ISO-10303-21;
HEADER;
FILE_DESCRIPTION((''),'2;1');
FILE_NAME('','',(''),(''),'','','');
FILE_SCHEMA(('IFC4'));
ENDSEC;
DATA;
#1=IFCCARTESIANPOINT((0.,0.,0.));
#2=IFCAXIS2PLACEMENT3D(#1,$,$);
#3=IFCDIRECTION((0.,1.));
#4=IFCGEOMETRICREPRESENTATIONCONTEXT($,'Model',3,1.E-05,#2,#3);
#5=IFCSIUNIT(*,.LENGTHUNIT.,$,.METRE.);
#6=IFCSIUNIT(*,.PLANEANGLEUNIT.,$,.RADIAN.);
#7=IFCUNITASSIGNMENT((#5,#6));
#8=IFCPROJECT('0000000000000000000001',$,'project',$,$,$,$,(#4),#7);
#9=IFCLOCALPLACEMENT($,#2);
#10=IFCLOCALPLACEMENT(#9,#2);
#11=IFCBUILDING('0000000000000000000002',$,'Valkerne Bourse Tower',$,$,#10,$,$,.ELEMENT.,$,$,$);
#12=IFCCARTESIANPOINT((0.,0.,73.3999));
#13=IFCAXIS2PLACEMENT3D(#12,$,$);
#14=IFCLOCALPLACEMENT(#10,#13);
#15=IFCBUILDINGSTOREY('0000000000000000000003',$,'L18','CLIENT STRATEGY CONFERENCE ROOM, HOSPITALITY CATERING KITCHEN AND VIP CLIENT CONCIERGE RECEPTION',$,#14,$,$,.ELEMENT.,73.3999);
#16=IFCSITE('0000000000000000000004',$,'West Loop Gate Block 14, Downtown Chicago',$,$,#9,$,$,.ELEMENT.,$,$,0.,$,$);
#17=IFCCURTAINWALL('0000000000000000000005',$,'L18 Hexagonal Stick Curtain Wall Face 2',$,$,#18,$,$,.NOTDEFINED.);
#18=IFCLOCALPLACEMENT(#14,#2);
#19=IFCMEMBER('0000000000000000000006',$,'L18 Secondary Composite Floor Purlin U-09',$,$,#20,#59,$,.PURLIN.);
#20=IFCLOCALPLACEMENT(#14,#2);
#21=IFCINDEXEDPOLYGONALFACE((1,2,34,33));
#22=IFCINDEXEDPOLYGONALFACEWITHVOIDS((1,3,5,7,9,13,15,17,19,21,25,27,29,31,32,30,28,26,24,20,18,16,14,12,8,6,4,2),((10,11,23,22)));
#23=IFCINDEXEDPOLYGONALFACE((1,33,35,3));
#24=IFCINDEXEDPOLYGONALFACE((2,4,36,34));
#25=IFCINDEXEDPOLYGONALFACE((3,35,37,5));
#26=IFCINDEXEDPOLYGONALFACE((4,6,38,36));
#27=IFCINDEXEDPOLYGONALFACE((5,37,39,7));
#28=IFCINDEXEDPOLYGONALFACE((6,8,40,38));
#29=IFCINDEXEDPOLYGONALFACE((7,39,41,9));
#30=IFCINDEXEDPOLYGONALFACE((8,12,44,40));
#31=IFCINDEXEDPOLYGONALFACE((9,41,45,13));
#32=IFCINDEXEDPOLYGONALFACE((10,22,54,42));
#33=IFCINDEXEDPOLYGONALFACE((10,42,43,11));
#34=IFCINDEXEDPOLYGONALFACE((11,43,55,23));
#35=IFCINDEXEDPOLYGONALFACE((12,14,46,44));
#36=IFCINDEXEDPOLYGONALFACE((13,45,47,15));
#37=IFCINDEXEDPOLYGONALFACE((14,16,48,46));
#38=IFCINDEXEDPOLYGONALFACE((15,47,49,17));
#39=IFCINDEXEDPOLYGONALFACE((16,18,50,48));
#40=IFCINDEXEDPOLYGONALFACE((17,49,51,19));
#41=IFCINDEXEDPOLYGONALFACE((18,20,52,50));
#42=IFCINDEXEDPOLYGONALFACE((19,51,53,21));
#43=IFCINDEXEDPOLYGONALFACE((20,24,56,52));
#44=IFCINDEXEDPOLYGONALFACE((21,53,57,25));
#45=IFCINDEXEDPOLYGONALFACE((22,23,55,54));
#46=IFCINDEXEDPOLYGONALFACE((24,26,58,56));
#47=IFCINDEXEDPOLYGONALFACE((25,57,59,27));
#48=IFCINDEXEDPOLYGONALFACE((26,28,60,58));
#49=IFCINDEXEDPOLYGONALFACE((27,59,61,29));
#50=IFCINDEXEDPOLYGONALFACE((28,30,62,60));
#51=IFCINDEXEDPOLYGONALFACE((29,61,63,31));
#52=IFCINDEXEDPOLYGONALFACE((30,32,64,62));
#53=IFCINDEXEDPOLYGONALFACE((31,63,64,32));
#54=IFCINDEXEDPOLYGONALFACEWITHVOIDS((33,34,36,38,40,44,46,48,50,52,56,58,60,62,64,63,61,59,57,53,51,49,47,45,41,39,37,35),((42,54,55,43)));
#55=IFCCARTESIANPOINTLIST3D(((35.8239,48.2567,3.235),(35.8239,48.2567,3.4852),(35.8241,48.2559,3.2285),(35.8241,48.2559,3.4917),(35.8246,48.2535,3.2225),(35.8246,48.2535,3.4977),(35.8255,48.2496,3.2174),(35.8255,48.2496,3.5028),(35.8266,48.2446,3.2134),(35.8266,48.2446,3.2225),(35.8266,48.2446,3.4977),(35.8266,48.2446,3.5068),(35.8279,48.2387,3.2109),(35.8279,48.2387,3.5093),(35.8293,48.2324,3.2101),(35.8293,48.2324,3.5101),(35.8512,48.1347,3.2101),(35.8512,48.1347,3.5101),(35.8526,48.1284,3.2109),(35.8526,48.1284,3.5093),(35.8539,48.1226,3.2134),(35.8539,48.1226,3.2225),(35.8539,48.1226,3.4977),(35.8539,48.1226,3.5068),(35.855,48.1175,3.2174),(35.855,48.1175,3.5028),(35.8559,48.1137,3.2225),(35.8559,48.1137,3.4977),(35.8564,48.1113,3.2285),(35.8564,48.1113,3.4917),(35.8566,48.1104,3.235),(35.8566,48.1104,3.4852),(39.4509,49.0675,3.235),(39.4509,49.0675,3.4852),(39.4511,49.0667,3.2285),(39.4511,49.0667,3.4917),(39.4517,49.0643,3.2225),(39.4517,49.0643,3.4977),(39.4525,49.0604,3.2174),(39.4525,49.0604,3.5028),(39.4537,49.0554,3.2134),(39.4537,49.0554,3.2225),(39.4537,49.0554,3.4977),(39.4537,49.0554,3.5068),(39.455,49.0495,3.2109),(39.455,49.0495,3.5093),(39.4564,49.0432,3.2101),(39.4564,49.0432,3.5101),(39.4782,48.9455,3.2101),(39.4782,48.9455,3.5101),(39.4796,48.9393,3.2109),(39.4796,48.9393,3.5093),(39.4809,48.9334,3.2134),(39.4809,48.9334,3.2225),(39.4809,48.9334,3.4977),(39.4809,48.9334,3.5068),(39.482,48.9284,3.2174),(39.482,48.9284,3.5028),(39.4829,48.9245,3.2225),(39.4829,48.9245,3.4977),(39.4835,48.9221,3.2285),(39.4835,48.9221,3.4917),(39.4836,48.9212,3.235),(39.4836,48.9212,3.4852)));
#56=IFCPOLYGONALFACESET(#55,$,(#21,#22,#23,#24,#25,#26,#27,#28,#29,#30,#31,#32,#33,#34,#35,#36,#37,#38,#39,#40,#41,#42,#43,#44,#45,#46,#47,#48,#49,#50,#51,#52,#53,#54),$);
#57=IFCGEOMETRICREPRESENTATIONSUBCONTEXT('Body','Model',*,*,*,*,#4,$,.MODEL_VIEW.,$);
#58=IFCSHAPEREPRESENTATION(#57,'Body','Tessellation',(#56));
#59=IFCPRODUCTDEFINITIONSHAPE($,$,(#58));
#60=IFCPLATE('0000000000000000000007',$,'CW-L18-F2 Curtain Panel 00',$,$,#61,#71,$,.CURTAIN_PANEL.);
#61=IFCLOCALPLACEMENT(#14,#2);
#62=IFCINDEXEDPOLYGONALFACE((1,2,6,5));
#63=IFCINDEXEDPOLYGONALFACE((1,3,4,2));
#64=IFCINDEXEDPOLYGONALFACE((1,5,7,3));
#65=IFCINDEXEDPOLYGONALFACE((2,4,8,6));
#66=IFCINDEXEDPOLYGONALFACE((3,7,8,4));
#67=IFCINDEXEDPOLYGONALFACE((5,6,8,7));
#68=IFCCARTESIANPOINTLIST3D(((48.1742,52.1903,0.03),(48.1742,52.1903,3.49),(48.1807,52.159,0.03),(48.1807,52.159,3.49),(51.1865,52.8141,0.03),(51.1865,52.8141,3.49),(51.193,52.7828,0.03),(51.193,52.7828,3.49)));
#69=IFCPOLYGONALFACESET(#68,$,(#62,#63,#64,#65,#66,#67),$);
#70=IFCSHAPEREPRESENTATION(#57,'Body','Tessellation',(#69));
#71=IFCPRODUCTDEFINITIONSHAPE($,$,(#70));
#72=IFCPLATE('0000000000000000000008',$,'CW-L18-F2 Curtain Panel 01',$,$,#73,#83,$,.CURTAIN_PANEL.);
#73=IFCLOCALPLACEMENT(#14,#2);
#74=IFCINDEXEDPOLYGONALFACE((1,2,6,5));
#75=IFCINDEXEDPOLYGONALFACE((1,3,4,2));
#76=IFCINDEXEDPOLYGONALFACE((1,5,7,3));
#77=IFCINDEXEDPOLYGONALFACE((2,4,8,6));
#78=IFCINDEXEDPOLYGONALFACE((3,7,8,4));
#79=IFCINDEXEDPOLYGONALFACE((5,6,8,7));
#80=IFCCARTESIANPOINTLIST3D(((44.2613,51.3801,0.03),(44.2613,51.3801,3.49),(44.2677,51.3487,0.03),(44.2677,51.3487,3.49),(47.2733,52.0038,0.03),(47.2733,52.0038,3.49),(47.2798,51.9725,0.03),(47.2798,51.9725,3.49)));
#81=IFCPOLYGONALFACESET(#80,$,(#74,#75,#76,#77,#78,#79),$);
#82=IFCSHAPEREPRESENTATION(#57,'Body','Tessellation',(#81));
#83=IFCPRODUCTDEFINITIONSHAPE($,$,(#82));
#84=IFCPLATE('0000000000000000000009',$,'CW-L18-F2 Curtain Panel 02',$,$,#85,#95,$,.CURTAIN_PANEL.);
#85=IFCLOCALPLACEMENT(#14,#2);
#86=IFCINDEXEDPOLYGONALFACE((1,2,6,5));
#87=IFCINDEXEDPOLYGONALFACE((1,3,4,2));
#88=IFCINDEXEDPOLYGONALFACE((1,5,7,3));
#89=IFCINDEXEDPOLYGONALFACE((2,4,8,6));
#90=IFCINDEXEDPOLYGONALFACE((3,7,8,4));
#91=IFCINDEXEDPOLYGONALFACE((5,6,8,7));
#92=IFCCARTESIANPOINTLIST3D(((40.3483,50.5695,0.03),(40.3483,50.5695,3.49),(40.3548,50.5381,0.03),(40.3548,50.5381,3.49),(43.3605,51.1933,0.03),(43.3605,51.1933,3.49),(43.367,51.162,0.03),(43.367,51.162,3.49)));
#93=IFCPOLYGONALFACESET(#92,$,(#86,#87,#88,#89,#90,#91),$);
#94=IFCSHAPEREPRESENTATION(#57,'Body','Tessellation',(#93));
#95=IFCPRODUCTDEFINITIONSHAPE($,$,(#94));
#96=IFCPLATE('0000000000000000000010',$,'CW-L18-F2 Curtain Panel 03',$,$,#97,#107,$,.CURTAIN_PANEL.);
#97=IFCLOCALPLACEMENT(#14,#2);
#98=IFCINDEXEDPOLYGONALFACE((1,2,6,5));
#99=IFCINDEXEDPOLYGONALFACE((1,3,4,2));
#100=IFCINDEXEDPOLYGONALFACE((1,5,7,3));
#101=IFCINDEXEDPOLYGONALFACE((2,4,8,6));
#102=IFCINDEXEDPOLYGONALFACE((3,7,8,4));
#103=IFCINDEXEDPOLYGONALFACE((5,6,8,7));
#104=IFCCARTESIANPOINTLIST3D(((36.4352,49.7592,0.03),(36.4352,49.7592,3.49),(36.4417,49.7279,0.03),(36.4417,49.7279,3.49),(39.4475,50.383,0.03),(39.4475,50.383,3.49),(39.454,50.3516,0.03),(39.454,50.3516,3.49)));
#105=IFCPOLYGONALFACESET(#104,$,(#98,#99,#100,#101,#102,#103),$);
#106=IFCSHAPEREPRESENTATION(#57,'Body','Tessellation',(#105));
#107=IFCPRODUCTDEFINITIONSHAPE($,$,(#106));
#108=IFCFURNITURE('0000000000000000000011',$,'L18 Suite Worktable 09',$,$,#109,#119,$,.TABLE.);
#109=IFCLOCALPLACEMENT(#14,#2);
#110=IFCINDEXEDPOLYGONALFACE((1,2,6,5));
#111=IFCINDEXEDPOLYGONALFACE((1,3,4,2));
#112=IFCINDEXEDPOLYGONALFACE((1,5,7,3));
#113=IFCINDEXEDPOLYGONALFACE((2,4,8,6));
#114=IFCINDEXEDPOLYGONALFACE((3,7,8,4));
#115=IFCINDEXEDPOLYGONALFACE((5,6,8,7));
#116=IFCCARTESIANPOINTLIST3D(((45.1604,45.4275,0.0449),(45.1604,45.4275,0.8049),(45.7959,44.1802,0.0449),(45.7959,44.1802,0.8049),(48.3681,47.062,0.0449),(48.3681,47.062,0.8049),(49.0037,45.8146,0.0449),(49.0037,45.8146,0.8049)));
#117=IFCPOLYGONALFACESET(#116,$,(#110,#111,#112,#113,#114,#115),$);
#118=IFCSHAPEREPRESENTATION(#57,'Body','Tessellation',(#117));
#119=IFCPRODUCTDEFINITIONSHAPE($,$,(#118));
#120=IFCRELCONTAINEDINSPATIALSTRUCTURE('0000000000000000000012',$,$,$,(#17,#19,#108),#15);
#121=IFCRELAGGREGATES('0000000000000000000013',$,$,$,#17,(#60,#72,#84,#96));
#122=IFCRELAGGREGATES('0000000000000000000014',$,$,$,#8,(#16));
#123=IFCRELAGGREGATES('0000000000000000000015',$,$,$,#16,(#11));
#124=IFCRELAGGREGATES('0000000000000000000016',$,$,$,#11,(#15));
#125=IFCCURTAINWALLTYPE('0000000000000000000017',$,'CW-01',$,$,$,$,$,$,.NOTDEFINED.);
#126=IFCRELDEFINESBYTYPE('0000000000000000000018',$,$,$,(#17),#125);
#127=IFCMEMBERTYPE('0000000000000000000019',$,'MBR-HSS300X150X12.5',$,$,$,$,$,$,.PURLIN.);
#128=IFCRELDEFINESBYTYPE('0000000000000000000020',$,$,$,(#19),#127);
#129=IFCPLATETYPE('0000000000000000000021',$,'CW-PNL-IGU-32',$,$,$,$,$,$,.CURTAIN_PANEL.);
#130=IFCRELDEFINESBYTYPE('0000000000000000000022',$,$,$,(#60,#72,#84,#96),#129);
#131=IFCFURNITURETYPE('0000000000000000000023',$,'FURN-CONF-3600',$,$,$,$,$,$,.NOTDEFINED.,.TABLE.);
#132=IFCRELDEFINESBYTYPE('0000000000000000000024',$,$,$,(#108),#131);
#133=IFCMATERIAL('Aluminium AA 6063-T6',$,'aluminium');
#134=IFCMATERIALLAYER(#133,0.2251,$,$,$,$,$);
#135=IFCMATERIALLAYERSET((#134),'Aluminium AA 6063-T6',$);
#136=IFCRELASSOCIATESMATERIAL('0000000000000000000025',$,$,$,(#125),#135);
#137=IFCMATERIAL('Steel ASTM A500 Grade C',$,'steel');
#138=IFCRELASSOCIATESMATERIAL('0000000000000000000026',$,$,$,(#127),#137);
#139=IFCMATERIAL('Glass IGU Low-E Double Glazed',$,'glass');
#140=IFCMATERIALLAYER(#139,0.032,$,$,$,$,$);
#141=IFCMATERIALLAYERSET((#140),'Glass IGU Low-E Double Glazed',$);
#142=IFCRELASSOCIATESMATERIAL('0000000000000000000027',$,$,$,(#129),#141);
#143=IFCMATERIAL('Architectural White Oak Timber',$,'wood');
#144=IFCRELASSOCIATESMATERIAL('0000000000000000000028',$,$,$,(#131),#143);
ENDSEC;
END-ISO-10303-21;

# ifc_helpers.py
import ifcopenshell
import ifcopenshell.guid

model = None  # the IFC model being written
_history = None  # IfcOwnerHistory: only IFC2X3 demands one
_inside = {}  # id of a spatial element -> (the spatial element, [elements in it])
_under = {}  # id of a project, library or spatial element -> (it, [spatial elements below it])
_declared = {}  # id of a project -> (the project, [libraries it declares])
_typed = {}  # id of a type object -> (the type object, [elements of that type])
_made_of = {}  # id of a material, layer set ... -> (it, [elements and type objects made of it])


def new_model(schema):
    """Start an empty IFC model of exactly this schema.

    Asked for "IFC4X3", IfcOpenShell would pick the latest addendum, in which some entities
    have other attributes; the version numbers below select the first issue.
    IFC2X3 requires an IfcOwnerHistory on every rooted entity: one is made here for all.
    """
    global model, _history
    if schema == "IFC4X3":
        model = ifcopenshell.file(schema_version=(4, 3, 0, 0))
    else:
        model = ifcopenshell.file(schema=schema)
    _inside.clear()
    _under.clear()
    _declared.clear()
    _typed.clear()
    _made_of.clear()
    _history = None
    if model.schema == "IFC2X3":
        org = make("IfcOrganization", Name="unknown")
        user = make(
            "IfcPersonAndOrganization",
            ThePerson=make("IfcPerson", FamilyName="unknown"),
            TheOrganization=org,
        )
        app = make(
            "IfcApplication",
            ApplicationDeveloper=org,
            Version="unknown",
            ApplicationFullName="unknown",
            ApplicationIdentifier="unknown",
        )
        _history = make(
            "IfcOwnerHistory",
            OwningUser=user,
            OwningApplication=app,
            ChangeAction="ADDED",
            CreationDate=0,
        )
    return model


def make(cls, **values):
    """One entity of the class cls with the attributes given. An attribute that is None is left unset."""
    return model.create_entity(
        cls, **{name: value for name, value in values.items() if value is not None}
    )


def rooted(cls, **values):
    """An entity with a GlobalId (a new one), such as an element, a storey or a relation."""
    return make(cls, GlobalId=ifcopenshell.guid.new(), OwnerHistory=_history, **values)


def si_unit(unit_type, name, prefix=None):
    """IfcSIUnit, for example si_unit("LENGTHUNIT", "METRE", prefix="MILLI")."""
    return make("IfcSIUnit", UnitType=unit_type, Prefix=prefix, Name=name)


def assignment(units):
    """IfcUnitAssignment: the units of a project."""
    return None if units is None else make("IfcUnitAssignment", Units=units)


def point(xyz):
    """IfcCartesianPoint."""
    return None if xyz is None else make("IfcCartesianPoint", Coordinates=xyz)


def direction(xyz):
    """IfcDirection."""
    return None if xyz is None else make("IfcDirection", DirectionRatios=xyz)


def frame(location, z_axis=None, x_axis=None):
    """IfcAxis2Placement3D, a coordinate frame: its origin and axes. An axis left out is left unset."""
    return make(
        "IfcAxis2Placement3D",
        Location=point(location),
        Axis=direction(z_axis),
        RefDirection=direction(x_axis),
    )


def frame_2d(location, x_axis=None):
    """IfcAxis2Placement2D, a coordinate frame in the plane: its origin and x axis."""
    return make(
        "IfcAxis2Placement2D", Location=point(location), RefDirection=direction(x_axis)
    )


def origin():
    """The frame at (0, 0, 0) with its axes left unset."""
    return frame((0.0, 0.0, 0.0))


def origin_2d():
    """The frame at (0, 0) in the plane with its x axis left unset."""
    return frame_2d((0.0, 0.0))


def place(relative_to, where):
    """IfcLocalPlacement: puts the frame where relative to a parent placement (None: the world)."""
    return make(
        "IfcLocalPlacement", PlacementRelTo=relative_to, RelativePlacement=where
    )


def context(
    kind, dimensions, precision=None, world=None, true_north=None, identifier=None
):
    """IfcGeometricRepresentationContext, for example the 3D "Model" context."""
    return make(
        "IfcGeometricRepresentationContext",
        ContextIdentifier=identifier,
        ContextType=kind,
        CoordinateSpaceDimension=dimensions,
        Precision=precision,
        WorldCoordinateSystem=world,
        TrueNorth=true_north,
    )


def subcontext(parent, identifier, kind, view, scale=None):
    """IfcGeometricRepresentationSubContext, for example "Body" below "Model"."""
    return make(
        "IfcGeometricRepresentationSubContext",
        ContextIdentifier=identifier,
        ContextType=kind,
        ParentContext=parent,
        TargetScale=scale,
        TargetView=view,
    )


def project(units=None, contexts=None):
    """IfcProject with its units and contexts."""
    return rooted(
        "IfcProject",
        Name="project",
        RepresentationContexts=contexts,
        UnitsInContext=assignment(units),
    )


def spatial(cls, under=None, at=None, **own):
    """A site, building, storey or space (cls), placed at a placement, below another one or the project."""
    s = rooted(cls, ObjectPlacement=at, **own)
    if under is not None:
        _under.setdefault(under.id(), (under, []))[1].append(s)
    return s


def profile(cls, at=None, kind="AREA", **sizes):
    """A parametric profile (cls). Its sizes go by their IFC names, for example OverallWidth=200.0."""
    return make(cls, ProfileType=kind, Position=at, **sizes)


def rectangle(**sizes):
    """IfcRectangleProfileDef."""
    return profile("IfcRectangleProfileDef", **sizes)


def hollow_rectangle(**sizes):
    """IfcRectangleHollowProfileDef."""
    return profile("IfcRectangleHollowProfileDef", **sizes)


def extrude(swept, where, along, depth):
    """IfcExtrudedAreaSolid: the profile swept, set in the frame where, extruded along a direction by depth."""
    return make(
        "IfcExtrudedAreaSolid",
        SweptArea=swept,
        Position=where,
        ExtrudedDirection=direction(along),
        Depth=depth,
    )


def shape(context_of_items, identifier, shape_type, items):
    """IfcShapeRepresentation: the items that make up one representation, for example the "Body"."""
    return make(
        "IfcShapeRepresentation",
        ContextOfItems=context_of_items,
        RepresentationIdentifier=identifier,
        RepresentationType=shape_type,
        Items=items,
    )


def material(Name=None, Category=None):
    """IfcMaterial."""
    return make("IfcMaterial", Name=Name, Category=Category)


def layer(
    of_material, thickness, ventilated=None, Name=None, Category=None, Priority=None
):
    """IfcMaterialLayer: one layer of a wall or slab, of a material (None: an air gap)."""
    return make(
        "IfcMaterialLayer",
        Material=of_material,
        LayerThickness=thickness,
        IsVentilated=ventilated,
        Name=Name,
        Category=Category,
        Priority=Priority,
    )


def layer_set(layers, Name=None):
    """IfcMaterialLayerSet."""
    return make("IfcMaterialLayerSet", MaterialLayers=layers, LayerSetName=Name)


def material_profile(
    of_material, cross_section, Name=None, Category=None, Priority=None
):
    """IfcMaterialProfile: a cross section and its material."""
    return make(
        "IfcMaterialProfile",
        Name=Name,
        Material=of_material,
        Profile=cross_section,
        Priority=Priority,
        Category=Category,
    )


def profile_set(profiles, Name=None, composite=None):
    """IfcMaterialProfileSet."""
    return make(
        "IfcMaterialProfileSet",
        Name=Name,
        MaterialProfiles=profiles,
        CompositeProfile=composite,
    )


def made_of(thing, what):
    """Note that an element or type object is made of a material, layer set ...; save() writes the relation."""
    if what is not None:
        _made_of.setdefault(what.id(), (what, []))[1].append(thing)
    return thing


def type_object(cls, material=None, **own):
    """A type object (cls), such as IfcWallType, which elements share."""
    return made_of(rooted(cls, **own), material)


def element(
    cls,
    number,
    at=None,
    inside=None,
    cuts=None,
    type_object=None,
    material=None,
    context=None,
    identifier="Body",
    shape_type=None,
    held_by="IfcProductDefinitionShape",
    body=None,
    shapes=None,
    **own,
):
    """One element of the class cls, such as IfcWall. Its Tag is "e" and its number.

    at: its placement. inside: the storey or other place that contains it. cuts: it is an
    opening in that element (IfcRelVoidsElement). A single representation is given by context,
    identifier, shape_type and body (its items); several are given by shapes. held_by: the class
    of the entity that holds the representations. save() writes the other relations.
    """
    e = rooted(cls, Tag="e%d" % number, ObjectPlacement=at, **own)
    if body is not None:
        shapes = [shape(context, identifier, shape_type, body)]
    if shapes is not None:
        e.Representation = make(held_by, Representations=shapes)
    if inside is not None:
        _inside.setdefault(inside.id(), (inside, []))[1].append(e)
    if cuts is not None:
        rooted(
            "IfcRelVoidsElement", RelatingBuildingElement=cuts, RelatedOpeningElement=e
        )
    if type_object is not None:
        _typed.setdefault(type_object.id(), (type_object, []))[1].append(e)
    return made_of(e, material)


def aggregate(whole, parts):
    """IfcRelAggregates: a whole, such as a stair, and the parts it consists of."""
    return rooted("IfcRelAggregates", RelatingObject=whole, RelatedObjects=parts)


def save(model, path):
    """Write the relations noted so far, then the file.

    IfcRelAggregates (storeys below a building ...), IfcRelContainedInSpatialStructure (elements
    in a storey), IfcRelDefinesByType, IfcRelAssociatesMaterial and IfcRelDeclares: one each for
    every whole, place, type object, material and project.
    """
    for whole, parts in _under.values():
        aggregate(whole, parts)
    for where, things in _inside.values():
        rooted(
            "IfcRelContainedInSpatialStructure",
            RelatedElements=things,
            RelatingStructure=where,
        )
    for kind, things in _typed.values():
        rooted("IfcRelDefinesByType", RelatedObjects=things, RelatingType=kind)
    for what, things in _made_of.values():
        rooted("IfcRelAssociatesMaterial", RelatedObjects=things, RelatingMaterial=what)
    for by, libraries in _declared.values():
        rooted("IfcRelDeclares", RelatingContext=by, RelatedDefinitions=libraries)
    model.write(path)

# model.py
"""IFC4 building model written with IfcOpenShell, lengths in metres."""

from ifc_helpers import new_model, si_unit, direction, frame, origin, origin_2d, place, context, subcontext, project, spatial, rectangle, hollow_rectangle, extrude, material, layer, layer_set, material_profile, profile_set, type_object, element, aggregate, save


model = new_model("IFC4")

# Units and contexts
model_context = context("Model", 3, precision=1e-05, world=origin(), true_north=direction((0.0, 1.0)))
body_context = subcontext(model_context, "Body", "Model", "MODEL_VIEW")
ifc_project = project(units=[si_unit("LENGTHUNIT", "METRE"), si_unit("PLANEANGLEUNIT", "RADIAN")], contexts=[model_context])

# Site, building, storey
site_placement = place(None, origin())
site = spatial("IfcSite", under=ifc_project, at=site_placement, Name="West Loop Gate Block 14, Downtown Chicago", CompositionType="ELEMENT", RefElevation=0.0)
building_placement = place(site_placement, origin())
building = spatial("IfcBuilding", under=site, at=building_placement, Name="Valkerne Bourse Tower", CompositionType="ELEMENT")
storey_placement = place(building_placement, frame((0.0, 0.0, 73.3999)))
storey = spatial("IfcBuildingStorey", under=building, at=storey_placement, Name="L18", Description="CLIENT STRATEGY CONFERENCE ROOM, HOSPITALITY CATERING KITCHEN AND VIP CLIENT CONCIERGE RECEPTION", CompositionType="ELEMENT", Elevation=73.3999)

# Curtain wall
ifc_material_1 = material(Name="Aluminium AA 6063-T6", Category="aluminium")
ifc_layer_1 = layer(ifc_material_1, 0.2251)
ifc_layer_set_1 = layer_set([ifc_layer_1], Name="Aluminium AA 6063-T6")
curtain_wall_type = type_object("IfcCurtainWallType", Name="CW-01", PredefinedType="NOTDEFINED", material=ifc_layer_set_1)
curtain_wall_placement = place(storey_placement, origin())
curtain_wall = element("IfcCurtainWall", 1, at=curtain_wall_placement, inside=storey, type_object=curtain_wall_type, Name="L18 Hexagonal Stick Curtain Wall Face 2", PredefinedType="NOTDEFINED")

# Member
ifc_material_2 = material(Name="Steel ASTM A500 Grade C", Category="steel")
ifc_material_profile_1 = material_profile(ifc_material_2, hollow_rectangle(XDim=0.1499, YDim=0.3, WallThickness=0.0125, OuterFilletRadius=0.0249, at=origin_2d()), Name="HSS300X150X12.5")
ifc_profile_set_1 = profile_set([ifc_material_profile_1], Name="Steel ASTM A500 Grade C")
member_type_1 = type_object("IfcMemberType", Name="MBR-HSS300X150X12.5", PredefinedType="PURLIN", material=ifc_profile_set_1)
member_1_placement = place(storey_placement, frame((39.4673, 48.9944, 3.3601), z_axis=(-0.975913, -0.218161, 0.0), x_axis=(0.218161, -0.975913, 0.0)))
element("IfcMember", 2, at=member_1_placement, inside=storey, type_object=member_type_1, Name="L18 Secondary Composite Floor Purlin U-09", PredefinedType="PURLIN", context=body_context, shape_type="SweptSolid", body=[
    extrude(hollow_rectangle(XDim=0.1499, YDim=0.3, WallThickness=0.0125, OuterFilletRadius=0.0249, at=origin_2d()), origin(), (0.0, 0.0, 1.0), 3.7166),
])

# Plates
ifc_material_3 = material(Name="Glass IGU Low-E Double Glazed", Category="glass")
ifc_layer_2 = layer(ifc_material_3, 0.032)
ifc_layer_set_2 = layer_set([ifc_layer_2], Name="Glass IGU Low-E Double Glazed")
plate_type = type_object("IfcPlateType", Name="CW-PNL-IGU-32", PredefinedType="CURTAIN_PANEL", material=ifc_layer_set_2)
plate_1_placement = place(storey_placement, frame((49.6836, 52.4866, 0.03), z_axis=(0.0, 0.0, 1.0), x_axis=(-0.979225, -0.202777, 0.0)))
plate_1 = element("IfcPlate", 3, at=plate_1_placement, type_object=plate_type, Name="CW-L18-F2 Curtain Panel 00", PredefinedType="CURTAIN_PANEL", context=body_context, shape_type="SweptSolid", body=[
    extrude(rectangle(XDim=3.0762, YDim=0.032, at=origin_2d()), origin(), (0.0, 0.0, 1.0), 3.46),
])
plate_2_placement = place(storey_placement, frame((45.7705, 51.6763, 0.03), z_axis=(0.0, 0.0, 1.0), x_axis=(-0.979224, -0.202782, 0.0)))
plate_2 = element("IfcPlate", 4, at=plate_2_placement, type_object=plate_type, Name="CW-L18-F2 Curtain Panel 01", PredefinedType="CURTAIN_PANEL", context=body_context, shape_type="SweptSolid", body=[
    extrude(rectangle(XDim=3.0759, YDim=0.032, at=origin_2d()), origin(), (0.0, 0.0, 1.0), 3.46),
])
plate_3_placement = place(storey_placement, frame((41.8577, 50.8657, 0.03), z_axis=(0.0, 0.0, 1.0), x_axis=(-0.97922, -0.202801, 0.0)))
plate_3 = element("IfcPlate", 5, at=plate_3_placement, type_object=plate_type, Name="CW-L18-F2 Curtain Panel 02", PredefinedType="CURTAIN_PANEL", context=body_context, shape_type="SweptSolid", body=[
    extrude(rectangle(XDim=3.0762, YDim=0.032, at=origin_2d()), origin(), (0.0, 0.0, 1.0), 3.46),
])
plate_4_placement = place(storey_placement, frame((37.9446, 50.0554, 0.03), z_axis=(0.0, 0.0, 1.0), x_axis=(-0.979225, -0.202777, 0.0)))
plate_4 = element("IfcPlate", 6, at=plate_4_placement, type_object=plate_type, Name="CW-L18-F2 Curtain Panel 03", PredefinedType="CURTAIN_PANEL", context=body_context, shape_type="SweptSolid", body=[
    extrude(rectangle(XDim=3.0762, YDim=0.032, at=origin_2d()), origin(), (0.0, 0.0, 1.0), 3.46),
])
aggregate(curtain_wall, [plate_1, plate_2, plate_3, plate_4])

# Furniture
ifc_material_4 = material(Name="Architectural White Oak Timber", Category="wood")
furniture_type = type_object("IfcFurnitureType", Name="FURN-CONF-3600", AssemblyPlace="NOTDEFINED", PredefinedType="TABLE", material=ifc_material_4)
furniture_placement = place(storey_placement, frame((47.082, 45.6211, 0.0449), z_axis=(0.0, 0.0, 1.0), x_axis=(0.891007, 0.45399, 0.0)))
element("IfcFurniture", 7, at=furniture_placement, inside=storey, type_object=furniture_type, Name="L18 Suite Worktable 09", PredefinedType="TABLE", context=body_context, shape_type="SweptSolid", body=[
    extrude(rectangle(XDim=3.6001, YDim=1.3999, at=origin_2d()), origin(), (0.0, 0.0, 1.0), 0.76),
])

save(model, "model.ifc")
